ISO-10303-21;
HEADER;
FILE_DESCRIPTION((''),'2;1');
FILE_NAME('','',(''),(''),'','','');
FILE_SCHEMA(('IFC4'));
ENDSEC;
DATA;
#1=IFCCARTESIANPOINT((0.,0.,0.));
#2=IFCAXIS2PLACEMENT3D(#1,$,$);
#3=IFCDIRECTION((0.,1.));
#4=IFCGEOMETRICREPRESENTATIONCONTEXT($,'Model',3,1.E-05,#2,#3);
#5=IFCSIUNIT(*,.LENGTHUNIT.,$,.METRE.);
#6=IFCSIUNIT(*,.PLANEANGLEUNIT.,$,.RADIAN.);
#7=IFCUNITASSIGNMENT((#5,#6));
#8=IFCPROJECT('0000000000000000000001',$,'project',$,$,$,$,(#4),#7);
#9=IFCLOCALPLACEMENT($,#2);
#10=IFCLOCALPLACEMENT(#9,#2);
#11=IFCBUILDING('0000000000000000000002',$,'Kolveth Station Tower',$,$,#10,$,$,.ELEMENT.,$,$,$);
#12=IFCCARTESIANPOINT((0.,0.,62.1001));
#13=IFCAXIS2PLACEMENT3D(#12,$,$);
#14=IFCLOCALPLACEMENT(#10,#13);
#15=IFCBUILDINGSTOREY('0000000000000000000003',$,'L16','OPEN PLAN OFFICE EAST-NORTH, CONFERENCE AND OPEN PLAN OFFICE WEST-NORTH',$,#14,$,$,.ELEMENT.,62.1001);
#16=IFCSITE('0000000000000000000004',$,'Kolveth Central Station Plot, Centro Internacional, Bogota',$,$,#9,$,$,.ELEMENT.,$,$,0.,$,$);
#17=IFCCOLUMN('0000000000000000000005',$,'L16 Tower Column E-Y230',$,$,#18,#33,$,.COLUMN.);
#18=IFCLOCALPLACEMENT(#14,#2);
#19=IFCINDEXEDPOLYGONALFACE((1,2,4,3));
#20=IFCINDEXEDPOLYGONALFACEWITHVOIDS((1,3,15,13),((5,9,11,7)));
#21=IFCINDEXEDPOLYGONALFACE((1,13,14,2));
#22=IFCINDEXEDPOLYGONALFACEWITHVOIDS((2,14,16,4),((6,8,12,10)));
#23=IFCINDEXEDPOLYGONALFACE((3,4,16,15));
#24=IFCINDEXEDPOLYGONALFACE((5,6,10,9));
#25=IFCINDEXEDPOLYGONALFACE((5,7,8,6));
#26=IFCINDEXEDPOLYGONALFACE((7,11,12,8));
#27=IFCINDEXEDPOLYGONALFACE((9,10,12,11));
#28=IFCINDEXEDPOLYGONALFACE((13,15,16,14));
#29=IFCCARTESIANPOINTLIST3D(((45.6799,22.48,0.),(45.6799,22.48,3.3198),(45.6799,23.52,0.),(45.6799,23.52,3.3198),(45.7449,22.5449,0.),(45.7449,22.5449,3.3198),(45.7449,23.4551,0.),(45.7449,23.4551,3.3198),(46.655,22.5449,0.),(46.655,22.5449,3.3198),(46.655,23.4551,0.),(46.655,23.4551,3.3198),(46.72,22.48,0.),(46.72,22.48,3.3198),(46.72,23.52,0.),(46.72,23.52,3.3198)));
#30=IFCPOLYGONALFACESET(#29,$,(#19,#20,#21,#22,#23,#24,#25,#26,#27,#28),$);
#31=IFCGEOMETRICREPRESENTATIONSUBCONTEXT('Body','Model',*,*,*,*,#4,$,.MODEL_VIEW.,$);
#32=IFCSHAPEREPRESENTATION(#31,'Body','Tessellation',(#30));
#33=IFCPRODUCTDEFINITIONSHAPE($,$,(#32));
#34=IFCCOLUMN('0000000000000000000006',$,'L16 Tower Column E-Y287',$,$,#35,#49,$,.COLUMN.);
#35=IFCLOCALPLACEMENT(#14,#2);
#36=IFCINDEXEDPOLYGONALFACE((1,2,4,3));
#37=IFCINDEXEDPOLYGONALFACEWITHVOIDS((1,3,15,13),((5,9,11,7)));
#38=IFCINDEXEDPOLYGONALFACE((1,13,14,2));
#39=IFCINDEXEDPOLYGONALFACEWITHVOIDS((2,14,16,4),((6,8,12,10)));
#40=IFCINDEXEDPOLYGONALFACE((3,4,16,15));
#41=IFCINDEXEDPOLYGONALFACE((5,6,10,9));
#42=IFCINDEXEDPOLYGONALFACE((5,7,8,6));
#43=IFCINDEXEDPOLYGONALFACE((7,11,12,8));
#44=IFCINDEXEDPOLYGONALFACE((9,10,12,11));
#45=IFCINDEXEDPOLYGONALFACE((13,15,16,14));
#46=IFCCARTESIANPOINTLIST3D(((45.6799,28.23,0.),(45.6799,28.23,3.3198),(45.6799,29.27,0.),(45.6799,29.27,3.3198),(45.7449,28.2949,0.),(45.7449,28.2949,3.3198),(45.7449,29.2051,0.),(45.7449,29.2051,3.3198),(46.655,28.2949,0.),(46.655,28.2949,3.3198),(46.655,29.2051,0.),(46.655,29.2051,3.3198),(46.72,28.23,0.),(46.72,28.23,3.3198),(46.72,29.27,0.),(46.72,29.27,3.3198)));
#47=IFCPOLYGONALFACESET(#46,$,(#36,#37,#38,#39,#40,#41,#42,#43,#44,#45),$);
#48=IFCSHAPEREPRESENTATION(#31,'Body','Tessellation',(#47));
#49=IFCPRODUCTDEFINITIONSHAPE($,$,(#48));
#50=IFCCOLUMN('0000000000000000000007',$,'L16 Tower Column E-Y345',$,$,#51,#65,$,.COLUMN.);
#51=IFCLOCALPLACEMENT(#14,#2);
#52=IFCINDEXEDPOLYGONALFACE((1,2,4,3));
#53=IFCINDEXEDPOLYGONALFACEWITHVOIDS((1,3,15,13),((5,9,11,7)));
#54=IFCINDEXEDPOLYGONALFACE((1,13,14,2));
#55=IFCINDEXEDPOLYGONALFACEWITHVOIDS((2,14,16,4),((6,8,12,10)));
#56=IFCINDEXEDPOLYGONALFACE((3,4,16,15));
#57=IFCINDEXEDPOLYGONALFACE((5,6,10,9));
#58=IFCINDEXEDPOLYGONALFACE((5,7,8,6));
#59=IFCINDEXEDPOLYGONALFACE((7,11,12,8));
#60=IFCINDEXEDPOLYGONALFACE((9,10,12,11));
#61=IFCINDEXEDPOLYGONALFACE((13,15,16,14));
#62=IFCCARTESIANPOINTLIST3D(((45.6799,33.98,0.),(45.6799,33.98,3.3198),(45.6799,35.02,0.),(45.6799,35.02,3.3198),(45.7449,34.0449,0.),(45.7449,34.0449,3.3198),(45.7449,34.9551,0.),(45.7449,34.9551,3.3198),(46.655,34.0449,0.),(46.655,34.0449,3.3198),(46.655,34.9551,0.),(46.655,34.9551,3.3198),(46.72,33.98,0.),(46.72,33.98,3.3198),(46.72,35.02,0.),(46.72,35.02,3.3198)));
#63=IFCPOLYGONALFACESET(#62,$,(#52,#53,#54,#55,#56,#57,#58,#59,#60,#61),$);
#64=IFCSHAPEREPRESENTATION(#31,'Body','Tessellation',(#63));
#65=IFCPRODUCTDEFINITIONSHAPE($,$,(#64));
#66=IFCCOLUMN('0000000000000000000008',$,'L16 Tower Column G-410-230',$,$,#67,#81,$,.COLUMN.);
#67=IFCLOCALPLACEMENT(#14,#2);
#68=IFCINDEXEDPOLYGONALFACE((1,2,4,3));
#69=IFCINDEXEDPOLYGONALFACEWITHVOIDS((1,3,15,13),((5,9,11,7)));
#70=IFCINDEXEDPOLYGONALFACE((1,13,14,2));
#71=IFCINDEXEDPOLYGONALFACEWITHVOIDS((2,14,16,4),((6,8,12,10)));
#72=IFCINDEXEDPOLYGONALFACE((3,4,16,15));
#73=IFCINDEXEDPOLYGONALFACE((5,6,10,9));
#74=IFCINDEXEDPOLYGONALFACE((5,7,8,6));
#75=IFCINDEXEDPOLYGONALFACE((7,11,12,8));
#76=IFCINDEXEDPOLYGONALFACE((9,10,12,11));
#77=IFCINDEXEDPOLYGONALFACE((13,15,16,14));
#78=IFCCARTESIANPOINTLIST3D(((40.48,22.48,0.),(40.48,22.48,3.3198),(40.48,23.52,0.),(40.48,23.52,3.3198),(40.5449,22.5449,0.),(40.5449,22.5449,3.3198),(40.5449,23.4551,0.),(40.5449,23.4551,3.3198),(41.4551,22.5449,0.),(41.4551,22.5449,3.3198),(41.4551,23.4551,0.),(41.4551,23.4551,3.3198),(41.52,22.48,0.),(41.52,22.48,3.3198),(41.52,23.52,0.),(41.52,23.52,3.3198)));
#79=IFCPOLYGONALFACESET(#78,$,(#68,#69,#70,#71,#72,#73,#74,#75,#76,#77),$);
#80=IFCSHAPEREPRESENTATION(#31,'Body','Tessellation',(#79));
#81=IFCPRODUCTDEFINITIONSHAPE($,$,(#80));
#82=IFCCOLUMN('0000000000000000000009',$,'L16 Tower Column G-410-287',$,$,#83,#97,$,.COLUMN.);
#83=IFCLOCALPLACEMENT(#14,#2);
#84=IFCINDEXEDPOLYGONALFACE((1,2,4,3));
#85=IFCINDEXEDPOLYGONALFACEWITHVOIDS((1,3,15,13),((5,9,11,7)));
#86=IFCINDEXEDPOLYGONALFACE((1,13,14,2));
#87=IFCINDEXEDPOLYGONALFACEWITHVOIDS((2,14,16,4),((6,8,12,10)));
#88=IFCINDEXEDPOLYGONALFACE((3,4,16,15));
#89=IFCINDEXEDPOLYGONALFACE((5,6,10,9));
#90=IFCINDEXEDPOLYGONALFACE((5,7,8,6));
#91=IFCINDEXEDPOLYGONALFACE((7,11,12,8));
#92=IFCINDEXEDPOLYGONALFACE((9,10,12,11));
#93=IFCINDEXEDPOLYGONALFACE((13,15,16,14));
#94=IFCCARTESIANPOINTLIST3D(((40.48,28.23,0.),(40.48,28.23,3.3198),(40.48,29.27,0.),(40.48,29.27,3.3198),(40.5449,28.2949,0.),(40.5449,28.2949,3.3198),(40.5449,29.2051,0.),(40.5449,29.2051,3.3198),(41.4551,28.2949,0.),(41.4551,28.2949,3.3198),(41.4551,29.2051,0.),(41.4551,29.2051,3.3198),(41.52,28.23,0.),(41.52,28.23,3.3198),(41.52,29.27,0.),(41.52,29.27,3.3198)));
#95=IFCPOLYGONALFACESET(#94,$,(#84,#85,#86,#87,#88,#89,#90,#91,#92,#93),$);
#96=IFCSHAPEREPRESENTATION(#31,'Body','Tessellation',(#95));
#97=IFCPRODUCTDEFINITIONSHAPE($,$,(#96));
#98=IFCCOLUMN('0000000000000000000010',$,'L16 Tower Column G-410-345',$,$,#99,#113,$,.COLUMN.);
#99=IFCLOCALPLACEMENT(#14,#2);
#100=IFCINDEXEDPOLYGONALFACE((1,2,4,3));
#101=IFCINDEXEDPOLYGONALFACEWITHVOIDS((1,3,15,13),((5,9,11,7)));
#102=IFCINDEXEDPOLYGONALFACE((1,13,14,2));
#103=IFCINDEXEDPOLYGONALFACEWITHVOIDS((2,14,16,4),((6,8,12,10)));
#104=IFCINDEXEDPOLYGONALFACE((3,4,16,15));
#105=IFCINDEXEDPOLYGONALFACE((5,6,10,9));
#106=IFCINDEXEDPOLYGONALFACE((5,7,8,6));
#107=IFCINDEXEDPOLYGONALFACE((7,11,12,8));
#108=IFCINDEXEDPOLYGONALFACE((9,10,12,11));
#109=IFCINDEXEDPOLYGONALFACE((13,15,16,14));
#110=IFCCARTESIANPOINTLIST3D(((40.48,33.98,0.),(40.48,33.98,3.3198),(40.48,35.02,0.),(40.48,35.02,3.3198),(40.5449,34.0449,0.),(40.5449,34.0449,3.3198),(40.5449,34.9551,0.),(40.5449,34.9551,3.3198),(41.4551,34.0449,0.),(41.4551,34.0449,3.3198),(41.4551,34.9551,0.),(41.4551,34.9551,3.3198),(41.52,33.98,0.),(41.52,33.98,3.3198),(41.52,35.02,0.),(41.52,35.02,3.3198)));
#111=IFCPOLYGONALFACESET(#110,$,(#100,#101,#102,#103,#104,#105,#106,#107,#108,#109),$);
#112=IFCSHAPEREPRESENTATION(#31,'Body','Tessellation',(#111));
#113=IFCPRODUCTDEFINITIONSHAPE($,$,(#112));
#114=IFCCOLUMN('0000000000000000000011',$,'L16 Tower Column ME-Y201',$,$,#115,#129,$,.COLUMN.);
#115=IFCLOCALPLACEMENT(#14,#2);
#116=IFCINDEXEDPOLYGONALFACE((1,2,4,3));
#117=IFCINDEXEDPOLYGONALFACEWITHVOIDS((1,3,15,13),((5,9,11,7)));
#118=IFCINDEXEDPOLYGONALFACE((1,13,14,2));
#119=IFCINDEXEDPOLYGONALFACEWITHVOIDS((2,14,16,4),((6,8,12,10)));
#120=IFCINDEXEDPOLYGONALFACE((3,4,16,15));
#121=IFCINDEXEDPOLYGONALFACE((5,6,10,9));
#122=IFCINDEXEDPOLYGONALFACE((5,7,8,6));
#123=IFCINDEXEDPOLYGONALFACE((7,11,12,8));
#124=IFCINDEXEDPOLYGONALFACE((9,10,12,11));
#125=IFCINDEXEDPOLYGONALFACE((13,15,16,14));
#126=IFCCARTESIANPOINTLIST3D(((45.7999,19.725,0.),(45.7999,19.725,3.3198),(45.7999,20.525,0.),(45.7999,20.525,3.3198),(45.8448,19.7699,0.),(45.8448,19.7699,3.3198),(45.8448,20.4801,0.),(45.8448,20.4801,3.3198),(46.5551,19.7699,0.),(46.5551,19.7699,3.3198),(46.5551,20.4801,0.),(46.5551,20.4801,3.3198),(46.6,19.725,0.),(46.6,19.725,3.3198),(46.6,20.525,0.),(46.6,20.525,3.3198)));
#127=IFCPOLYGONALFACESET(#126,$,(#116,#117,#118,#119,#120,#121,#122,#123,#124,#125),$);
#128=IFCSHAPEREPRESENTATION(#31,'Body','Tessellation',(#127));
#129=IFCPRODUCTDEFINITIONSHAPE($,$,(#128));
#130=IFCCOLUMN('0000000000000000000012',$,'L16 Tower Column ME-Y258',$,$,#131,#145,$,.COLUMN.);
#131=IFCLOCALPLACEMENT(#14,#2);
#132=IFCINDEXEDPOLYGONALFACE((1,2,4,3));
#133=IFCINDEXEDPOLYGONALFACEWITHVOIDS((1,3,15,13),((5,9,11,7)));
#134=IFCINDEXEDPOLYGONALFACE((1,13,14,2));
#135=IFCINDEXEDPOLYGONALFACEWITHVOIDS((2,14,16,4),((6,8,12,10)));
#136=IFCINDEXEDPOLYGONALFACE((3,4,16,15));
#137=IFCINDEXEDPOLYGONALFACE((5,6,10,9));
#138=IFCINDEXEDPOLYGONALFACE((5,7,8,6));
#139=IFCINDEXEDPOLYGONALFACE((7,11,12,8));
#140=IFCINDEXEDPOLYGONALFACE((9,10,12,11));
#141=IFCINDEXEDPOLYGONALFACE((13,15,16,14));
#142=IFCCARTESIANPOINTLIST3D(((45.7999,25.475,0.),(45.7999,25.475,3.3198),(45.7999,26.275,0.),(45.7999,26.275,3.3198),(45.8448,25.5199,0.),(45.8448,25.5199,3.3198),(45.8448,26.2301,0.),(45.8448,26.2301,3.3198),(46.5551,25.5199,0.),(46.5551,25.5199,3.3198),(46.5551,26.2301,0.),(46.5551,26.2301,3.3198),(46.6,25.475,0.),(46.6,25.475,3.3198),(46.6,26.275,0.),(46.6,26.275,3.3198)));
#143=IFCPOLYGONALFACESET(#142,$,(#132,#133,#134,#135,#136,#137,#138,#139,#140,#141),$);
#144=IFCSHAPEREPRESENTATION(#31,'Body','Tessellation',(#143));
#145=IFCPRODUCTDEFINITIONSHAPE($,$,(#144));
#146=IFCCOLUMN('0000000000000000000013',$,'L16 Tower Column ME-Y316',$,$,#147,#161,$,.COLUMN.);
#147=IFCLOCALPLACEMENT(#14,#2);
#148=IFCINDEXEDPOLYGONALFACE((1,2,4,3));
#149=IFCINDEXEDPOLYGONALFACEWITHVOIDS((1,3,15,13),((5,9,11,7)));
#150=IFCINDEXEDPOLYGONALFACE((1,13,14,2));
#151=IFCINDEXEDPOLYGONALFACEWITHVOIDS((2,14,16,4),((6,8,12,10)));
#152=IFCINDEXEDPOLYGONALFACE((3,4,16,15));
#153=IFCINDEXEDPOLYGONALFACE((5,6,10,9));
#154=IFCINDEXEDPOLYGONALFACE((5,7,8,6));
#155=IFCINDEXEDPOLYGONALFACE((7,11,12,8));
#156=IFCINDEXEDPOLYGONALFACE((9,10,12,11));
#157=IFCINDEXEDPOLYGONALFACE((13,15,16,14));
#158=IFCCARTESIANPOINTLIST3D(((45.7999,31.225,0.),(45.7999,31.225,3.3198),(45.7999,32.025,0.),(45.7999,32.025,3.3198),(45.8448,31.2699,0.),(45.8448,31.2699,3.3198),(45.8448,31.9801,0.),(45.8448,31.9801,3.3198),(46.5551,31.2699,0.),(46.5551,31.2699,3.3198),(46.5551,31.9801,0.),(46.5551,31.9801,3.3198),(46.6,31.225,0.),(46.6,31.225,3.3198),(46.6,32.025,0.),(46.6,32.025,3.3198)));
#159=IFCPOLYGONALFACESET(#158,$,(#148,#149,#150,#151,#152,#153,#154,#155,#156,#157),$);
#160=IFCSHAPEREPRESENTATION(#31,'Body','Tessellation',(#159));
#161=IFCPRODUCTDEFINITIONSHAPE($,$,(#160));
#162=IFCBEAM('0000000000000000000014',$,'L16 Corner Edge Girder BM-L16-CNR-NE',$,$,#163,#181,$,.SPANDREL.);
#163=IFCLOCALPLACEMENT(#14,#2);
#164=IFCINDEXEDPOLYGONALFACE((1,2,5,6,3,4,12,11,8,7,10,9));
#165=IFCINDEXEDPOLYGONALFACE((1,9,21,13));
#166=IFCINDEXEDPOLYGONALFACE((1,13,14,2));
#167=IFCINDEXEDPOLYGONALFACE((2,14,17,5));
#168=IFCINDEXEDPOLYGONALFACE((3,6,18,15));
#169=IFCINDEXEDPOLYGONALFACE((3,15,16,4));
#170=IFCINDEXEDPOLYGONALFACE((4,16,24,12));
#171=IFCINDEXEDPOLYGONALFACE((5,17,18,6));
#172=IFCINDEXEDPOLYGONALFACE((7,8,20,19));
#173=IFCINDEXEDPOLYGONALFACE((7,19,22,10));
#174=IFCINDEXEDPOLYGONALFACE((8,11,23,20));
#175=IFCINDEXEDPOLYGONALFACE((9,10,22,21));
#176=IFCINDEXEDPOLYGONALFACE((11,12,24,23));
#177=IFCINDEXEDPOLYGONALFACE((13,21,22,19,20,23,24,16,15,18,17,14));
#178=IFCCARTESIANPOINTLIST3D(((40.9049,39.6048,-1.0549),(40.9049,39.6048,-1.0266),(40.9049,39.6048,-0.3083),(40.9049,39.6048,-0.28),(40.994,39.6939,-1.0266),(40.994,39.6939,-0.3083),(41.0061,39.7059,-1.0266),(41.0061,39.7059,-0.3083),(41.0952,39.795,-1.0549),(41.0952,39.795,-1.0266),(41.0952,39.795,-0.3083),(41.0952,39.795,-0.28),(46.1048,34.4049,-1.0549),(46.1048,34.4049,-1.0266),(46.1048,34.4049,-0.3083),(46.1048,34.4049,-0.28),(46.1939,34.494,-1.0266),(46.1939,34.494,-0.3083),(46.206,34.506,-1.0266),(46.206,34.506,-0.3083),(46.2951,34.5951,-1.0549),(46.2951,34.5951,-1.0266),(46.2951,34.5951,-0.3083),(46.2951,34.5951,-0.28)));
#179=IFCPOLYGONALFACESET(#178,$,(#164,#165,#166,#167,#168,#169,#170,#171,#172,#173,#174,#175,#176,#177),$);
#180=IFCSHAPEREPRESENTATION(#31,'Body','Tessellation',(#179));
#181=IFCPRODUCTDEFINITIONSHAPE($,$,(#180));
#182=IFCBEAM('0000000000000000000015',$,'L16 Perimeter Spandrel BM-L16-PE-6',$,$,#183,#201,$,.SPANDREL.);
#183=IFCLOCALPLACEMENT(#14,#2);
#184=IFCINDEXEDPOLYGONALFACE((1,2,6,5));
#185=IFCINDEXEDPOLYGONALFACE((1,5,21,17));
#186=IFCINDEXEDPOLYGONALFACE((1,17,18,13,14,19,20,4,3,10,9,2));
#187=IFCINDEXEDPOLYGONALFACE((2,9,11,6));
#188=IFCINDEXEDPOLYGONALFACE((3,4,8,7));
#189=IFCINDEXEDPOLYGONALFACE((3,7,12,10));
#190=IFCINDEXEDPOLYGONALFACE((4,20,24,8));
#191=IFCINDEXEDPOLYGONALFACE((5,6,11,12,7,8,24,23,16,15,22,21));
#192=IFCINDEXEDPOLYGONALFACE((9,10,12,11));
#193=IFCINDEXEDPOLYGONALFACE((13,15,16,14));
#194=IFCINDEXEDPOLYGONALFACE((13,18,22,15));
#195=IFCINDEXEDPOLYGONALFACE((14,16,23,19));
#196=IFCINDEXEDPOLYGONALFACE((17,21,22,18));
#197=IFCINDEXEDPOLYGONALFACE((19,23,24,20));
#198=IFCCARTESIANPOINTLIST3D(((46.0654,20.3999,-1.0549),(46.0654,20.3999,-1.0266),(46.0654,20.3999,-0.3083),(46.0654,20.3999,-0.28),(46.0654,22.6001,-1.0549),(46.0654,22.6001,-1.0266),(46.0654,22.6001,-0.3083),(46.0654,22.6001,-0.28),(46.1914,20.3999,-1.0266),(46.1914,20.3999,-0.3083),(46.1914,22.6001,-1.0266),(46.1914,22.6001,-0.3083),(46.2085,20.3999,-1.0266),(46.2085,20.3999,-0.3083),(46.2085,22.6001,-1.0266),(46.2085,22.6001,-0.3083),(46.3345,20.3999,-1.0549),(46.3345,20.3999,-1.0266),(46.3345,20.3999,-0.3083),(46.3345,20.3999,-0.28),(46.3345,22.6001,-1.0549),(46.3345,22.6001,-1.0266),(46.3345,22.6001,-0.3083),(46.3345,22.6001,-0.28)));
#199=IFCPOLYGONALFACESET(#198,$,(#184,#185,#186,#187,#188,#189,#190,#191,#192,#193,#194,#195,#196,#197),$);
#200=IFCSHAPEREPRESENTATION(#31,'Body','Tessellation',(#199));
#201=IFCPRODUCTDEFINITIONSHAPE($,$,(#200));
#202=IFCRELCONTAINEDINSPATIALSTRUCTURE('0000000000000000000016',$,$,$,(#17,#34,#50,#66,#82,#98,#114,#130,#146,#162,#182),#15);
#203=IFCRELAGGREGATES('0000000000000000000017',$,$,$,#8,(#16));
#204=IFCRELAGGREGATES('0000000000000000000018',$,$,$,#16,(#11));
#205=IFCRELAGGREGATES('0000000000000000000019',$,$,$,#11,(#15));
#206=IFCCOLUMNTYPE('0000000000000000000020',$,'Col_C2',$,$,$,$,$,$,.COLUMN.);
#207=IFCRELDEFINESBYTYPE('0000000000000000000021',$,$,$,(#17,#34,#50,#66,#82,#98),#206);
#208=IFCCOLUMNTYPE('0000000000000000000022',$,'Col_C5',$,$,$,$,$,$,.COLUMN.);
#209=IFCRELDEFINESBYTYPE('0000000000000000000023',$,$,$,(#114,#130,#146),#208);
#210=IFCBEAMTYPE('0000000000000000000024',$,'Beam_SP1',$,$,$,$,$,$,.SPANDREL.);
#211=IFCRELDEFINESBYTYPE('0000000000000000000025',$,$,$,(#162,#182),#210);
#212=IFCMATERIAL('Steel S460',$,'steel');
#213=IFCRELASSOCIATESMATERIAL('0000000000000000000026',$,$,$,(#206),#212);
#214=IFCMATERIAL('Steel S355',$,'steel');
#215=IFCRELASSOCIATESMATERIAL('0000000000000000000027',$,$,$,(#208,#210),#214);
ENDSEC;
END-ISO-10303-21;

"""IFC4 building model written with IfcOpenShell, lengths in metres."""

from ifc_helpers import new_model, si_unit, direction, frame, origin, origin_2d, place, context, subcontext, project, spatial, hollow_rectangle, i_section, extrude, source, transform, mapped, material, material_profile, profile_set, type_object, element, save


model = new_model("IFC4")

# Units and contexts
model_context = context("Model", 3, precision=1e-05, world=origin(), true_north=direction((0.0, 1.0)))
body_context = subcontext(model_context, "Body", "Model", "MODEL_VIEW")
ifc_project = project(units=[si_unit("LENGTHUNIT", "METRE"), si_unit("PLANEANGLEUNIT", "RADIAN")], contexts=[model_context])

# Site, building, storey
site_placement = place(None, origin())
site = spatial("IfcSite", under=ifc_project, at=site_placement, Name="Kolveth Central Station Plot, Centro Internacional, Bogota", CompositionType="ELEMENT", RefElevation=0.0)
building_placement = place(site_placement, origin())
building = spatial("IfcBuilding", under=site, at=building_placement, Name="Kolveth Station Tower", CompositionType="ELEMENT")
storey_placement = place(building_placement, frame((0.0, 0.0, 62.1001)))
storey = spatial("IfcBuildingStorey", under=building, at=storey_placement, Name="L16", Description="OPEN PLAN OFFICE EAST-NORTH, CONFERENCE AND OPEN PLAN OFFICE WEST-NORTH", CompositionType="ELEMENT", Elevation=62.1001)

# Columns
ifc_material_1 = material(Name="Steel S460", Category="steel")
ifc_material_profile_1 = material_profile(ifc_material_1, hollow_rectangle(XDim=1.04, YDim=1.04, WallThickness=0.0649, at=origin_2d()), Name="BOX1040x1040x65")
ifc_profile_set_1 = profile_set([ifc_material_profile_1], Name="Steel S460")
column_type_1 = type_object("IfcColumnType", Name="Col_C2", PredefinedType="COLUMN", material=ifc_profile_set_1)
shared_shape_1 = source(origin(), body_context, "Body", "SweptSolid", [
    extrude(hollow_rectangle(XDim=1.04, YDim=1.04, WallThickness=0.0649, at=origin_2d()), origin(), (0.0, 0.0, 1.0), 3.3198),
])
for number, where, z_axis, x_axis, name in (
    (1, (46.2, 23.0, 0.0), (0.0, 0.0, 1.0), (1.0, 0.0, 0.0), "L16 Tower Column E-Y230"),
    (2, (46.2, 28.75, 0.0), (0.0, 0.0, 1.0), (1.0, 0.0, 0.0), "L16 Tower Column E-Y287"),
    (3, (46.2, 34.5, 0.0), (0.0, 0.0, 1.0), (1.0, 0.0, 0.0), "L16 Tower Column E-Y345"),
    (4, (41.0, 23.0, 0.0), (0.0, 0.0, 1.0), (1.0, 0.0, 0.0), "L16 Tower Column G-410-230"),
    (5, (41.0, 28.75, 0.0), (0.0, 0.0, 1.0), (1.0, 0.0, 0.0), "L16 Tower Column G-410-287"),
    (6, (41.0, 34.5, 0.0), (0.0, 0.0, 1.0), (1.0, 0.0, 0.0), "L16 Tower Column G-410-345"),
):
    element("IfcColumn", number, at=place(storey_placement, frame(where, z_axis=z_axis, x_axis=x_axis)), inside=storey, type_object=column_type_1, Name=name, PredefinedType="COLUMN", context=body_context, shape_type="MappedRepresentation", body=[
        mapped(shared_shape_1, transform((0.0, 0.0, 0.0), x_axis=(1.0, 0.0, 0.0), y_axis=(0.0, 1.0, 0.0), z_axis=(0.0, 0.0, 1.0), scale=1.0)),
    ])
ifc_material_2 = material(Name="Steel S355", Category="steel")
ifc_material_profile_2 = material_profile(ifc_material_2, hollow_rectangle(XDim=0.8, YDim=0.8, WallThickness=0.0449, at=origin_2d()), Name="BOX800x800x45")
ifc_profile_set_2 = profile_set([ifc_material_profile_2], Name="Steel S355")
column_type_2 = type_object("IfcColumnType", Name="Col_C5", PredefinedType="COLUMN", material=ifc_profile_set_2)
shared_shape_2 = source(origin(), body_context, "Body", "SweptSolid", [
    extrude(hollow_rectangle(XDim=0.8, YDim=0.8, WallThickness=0.0449, at=origin_2d()), origin(), (0.0, 0.0, 1.0), 3.3198),
])
for number, where, z_axis, x_axis, name in (
    (7, (46.2, 20.125, 0.0), (0.0, 0.0, 1.0), (1.0, 0.0, 0.0), "L16 Tower Column ME-Y201"),
    (8, (46.2, 25.875, 0.0), (0.0, 0.0, 1.0), (1.0, 0.0, 0.0), "L16 Tower Column ME-Y258"),
    (9, (46.2, 31.625, 0.0), (0.0, 0.0, 1.0), (1.0, 0.0, 0.0), "L16 Tower Column ME-Y316"),
):
    element("IfcColumn", number, at=place(storey_placement, frame(where, z_axis=z_axis, x_axis=x_axis)), inside=storey, type_object=column_type_2, Name=name, PredefinedType="COLUMN", context=body_context, shape_type="MappedRepresentation", body=[
        mapped(shared_shape_2, transform((0.0, 0.0, 0.0), x_axis=(1.0, 0.0, 0.0), y_axis=(0.0, 1.0, 0.0), z_axis=(0.0, 0.0, 1.0), scale=1.0)),
    ])

# Beams
ifc_material_profile_3 = material_profile(ifc_material_2, i_section(OverallWidth=0.269, OverallDepth=0.7749, WebThickness=0.0171, FlangeThickness=0.0283, at=origin_2d()), Name="W760x220")
ifc_profile_set_3 = profile_set([ifc_material_profile_3], Name="Steel S355")
beam_type_1 = type_object("IfcBeamType", Name="Beam_SP1", PredefinedType="SPANDREL", material=ifc_profile_set_3)
shared_shape_3 = source(origin(), body_context, "Body", "SweptSolid", [
    extrude(i_section(OverallWidth=0.269, OverallDepth=0.7749, WebThickness=0.0171, FlangeThickness=0.0283, at=origin_2d()), origin(), (0.0, 0.0, 1.0), 7.3538),
])
beam_placement = place(storey_placement, frame((46.2, 34.5, -0.6675), z_axis=(-0.707107, 0.707107, 0.0), x_axis=(-0.707107, -0.707107, 0.0)))
element("IfcBeam", 10, at=beam_placement, inside=storey, type_object=beam_type_1, Name="L16 Corner Edge Girder BM-L16-CNR-NE", PredefinedType="SPANDREL", context=body_context, shape_type="MappedRepresentation", body=[
    mapped(shared_shape_3, transform((0.0, 0.0, 0.0), x_axis=(1.0, 0.0, 0.0), y_axis=(0.0, 1.0, 0.0), z_axis=(0.0, 0.0, 1.0), scale=1.0)),
])
shared_shape_4 = source(origin(), body_context, "Body", "SweptSolid", [
    extrude(i_section(OverallWidth=0.269, OverallDepth=0.7749, WebThickness=0.0171, FlangeThickness=0.0283, at=origin_2d()), origin(), (0.0, 0.0, 1.0), 2.2002),
])
for number, where, z_axis, x_axis, name in (
    (11, (46.2, 20.3999, -0.6675), (0.0, 1.0, 0.0), (-1.0, 0.0, 0.0), "L16 Perimeter Spandrel BM-L16-PE-6"),
):
    element("IfcBeam", number, at=place(storey_placement, frame(where, z_axis=z_axis, x_axis=x_axis)), inside=storey, type_object=beam_type_1, Name=name, PredefinedType="SPANDREL", context=body_context, shape_type="MappedRepresentation", body=[
        mapped(shared_shape_4, transform((0.0, 0.0, 0.0), x_axis=(1.0, 0.0, 0.0), y_axis=(0.0, 1.0, 0.0), z_axis=(0.0, 0.0, 1.0), scale=1.0)),
    ])

save(model, "model.ifc")
